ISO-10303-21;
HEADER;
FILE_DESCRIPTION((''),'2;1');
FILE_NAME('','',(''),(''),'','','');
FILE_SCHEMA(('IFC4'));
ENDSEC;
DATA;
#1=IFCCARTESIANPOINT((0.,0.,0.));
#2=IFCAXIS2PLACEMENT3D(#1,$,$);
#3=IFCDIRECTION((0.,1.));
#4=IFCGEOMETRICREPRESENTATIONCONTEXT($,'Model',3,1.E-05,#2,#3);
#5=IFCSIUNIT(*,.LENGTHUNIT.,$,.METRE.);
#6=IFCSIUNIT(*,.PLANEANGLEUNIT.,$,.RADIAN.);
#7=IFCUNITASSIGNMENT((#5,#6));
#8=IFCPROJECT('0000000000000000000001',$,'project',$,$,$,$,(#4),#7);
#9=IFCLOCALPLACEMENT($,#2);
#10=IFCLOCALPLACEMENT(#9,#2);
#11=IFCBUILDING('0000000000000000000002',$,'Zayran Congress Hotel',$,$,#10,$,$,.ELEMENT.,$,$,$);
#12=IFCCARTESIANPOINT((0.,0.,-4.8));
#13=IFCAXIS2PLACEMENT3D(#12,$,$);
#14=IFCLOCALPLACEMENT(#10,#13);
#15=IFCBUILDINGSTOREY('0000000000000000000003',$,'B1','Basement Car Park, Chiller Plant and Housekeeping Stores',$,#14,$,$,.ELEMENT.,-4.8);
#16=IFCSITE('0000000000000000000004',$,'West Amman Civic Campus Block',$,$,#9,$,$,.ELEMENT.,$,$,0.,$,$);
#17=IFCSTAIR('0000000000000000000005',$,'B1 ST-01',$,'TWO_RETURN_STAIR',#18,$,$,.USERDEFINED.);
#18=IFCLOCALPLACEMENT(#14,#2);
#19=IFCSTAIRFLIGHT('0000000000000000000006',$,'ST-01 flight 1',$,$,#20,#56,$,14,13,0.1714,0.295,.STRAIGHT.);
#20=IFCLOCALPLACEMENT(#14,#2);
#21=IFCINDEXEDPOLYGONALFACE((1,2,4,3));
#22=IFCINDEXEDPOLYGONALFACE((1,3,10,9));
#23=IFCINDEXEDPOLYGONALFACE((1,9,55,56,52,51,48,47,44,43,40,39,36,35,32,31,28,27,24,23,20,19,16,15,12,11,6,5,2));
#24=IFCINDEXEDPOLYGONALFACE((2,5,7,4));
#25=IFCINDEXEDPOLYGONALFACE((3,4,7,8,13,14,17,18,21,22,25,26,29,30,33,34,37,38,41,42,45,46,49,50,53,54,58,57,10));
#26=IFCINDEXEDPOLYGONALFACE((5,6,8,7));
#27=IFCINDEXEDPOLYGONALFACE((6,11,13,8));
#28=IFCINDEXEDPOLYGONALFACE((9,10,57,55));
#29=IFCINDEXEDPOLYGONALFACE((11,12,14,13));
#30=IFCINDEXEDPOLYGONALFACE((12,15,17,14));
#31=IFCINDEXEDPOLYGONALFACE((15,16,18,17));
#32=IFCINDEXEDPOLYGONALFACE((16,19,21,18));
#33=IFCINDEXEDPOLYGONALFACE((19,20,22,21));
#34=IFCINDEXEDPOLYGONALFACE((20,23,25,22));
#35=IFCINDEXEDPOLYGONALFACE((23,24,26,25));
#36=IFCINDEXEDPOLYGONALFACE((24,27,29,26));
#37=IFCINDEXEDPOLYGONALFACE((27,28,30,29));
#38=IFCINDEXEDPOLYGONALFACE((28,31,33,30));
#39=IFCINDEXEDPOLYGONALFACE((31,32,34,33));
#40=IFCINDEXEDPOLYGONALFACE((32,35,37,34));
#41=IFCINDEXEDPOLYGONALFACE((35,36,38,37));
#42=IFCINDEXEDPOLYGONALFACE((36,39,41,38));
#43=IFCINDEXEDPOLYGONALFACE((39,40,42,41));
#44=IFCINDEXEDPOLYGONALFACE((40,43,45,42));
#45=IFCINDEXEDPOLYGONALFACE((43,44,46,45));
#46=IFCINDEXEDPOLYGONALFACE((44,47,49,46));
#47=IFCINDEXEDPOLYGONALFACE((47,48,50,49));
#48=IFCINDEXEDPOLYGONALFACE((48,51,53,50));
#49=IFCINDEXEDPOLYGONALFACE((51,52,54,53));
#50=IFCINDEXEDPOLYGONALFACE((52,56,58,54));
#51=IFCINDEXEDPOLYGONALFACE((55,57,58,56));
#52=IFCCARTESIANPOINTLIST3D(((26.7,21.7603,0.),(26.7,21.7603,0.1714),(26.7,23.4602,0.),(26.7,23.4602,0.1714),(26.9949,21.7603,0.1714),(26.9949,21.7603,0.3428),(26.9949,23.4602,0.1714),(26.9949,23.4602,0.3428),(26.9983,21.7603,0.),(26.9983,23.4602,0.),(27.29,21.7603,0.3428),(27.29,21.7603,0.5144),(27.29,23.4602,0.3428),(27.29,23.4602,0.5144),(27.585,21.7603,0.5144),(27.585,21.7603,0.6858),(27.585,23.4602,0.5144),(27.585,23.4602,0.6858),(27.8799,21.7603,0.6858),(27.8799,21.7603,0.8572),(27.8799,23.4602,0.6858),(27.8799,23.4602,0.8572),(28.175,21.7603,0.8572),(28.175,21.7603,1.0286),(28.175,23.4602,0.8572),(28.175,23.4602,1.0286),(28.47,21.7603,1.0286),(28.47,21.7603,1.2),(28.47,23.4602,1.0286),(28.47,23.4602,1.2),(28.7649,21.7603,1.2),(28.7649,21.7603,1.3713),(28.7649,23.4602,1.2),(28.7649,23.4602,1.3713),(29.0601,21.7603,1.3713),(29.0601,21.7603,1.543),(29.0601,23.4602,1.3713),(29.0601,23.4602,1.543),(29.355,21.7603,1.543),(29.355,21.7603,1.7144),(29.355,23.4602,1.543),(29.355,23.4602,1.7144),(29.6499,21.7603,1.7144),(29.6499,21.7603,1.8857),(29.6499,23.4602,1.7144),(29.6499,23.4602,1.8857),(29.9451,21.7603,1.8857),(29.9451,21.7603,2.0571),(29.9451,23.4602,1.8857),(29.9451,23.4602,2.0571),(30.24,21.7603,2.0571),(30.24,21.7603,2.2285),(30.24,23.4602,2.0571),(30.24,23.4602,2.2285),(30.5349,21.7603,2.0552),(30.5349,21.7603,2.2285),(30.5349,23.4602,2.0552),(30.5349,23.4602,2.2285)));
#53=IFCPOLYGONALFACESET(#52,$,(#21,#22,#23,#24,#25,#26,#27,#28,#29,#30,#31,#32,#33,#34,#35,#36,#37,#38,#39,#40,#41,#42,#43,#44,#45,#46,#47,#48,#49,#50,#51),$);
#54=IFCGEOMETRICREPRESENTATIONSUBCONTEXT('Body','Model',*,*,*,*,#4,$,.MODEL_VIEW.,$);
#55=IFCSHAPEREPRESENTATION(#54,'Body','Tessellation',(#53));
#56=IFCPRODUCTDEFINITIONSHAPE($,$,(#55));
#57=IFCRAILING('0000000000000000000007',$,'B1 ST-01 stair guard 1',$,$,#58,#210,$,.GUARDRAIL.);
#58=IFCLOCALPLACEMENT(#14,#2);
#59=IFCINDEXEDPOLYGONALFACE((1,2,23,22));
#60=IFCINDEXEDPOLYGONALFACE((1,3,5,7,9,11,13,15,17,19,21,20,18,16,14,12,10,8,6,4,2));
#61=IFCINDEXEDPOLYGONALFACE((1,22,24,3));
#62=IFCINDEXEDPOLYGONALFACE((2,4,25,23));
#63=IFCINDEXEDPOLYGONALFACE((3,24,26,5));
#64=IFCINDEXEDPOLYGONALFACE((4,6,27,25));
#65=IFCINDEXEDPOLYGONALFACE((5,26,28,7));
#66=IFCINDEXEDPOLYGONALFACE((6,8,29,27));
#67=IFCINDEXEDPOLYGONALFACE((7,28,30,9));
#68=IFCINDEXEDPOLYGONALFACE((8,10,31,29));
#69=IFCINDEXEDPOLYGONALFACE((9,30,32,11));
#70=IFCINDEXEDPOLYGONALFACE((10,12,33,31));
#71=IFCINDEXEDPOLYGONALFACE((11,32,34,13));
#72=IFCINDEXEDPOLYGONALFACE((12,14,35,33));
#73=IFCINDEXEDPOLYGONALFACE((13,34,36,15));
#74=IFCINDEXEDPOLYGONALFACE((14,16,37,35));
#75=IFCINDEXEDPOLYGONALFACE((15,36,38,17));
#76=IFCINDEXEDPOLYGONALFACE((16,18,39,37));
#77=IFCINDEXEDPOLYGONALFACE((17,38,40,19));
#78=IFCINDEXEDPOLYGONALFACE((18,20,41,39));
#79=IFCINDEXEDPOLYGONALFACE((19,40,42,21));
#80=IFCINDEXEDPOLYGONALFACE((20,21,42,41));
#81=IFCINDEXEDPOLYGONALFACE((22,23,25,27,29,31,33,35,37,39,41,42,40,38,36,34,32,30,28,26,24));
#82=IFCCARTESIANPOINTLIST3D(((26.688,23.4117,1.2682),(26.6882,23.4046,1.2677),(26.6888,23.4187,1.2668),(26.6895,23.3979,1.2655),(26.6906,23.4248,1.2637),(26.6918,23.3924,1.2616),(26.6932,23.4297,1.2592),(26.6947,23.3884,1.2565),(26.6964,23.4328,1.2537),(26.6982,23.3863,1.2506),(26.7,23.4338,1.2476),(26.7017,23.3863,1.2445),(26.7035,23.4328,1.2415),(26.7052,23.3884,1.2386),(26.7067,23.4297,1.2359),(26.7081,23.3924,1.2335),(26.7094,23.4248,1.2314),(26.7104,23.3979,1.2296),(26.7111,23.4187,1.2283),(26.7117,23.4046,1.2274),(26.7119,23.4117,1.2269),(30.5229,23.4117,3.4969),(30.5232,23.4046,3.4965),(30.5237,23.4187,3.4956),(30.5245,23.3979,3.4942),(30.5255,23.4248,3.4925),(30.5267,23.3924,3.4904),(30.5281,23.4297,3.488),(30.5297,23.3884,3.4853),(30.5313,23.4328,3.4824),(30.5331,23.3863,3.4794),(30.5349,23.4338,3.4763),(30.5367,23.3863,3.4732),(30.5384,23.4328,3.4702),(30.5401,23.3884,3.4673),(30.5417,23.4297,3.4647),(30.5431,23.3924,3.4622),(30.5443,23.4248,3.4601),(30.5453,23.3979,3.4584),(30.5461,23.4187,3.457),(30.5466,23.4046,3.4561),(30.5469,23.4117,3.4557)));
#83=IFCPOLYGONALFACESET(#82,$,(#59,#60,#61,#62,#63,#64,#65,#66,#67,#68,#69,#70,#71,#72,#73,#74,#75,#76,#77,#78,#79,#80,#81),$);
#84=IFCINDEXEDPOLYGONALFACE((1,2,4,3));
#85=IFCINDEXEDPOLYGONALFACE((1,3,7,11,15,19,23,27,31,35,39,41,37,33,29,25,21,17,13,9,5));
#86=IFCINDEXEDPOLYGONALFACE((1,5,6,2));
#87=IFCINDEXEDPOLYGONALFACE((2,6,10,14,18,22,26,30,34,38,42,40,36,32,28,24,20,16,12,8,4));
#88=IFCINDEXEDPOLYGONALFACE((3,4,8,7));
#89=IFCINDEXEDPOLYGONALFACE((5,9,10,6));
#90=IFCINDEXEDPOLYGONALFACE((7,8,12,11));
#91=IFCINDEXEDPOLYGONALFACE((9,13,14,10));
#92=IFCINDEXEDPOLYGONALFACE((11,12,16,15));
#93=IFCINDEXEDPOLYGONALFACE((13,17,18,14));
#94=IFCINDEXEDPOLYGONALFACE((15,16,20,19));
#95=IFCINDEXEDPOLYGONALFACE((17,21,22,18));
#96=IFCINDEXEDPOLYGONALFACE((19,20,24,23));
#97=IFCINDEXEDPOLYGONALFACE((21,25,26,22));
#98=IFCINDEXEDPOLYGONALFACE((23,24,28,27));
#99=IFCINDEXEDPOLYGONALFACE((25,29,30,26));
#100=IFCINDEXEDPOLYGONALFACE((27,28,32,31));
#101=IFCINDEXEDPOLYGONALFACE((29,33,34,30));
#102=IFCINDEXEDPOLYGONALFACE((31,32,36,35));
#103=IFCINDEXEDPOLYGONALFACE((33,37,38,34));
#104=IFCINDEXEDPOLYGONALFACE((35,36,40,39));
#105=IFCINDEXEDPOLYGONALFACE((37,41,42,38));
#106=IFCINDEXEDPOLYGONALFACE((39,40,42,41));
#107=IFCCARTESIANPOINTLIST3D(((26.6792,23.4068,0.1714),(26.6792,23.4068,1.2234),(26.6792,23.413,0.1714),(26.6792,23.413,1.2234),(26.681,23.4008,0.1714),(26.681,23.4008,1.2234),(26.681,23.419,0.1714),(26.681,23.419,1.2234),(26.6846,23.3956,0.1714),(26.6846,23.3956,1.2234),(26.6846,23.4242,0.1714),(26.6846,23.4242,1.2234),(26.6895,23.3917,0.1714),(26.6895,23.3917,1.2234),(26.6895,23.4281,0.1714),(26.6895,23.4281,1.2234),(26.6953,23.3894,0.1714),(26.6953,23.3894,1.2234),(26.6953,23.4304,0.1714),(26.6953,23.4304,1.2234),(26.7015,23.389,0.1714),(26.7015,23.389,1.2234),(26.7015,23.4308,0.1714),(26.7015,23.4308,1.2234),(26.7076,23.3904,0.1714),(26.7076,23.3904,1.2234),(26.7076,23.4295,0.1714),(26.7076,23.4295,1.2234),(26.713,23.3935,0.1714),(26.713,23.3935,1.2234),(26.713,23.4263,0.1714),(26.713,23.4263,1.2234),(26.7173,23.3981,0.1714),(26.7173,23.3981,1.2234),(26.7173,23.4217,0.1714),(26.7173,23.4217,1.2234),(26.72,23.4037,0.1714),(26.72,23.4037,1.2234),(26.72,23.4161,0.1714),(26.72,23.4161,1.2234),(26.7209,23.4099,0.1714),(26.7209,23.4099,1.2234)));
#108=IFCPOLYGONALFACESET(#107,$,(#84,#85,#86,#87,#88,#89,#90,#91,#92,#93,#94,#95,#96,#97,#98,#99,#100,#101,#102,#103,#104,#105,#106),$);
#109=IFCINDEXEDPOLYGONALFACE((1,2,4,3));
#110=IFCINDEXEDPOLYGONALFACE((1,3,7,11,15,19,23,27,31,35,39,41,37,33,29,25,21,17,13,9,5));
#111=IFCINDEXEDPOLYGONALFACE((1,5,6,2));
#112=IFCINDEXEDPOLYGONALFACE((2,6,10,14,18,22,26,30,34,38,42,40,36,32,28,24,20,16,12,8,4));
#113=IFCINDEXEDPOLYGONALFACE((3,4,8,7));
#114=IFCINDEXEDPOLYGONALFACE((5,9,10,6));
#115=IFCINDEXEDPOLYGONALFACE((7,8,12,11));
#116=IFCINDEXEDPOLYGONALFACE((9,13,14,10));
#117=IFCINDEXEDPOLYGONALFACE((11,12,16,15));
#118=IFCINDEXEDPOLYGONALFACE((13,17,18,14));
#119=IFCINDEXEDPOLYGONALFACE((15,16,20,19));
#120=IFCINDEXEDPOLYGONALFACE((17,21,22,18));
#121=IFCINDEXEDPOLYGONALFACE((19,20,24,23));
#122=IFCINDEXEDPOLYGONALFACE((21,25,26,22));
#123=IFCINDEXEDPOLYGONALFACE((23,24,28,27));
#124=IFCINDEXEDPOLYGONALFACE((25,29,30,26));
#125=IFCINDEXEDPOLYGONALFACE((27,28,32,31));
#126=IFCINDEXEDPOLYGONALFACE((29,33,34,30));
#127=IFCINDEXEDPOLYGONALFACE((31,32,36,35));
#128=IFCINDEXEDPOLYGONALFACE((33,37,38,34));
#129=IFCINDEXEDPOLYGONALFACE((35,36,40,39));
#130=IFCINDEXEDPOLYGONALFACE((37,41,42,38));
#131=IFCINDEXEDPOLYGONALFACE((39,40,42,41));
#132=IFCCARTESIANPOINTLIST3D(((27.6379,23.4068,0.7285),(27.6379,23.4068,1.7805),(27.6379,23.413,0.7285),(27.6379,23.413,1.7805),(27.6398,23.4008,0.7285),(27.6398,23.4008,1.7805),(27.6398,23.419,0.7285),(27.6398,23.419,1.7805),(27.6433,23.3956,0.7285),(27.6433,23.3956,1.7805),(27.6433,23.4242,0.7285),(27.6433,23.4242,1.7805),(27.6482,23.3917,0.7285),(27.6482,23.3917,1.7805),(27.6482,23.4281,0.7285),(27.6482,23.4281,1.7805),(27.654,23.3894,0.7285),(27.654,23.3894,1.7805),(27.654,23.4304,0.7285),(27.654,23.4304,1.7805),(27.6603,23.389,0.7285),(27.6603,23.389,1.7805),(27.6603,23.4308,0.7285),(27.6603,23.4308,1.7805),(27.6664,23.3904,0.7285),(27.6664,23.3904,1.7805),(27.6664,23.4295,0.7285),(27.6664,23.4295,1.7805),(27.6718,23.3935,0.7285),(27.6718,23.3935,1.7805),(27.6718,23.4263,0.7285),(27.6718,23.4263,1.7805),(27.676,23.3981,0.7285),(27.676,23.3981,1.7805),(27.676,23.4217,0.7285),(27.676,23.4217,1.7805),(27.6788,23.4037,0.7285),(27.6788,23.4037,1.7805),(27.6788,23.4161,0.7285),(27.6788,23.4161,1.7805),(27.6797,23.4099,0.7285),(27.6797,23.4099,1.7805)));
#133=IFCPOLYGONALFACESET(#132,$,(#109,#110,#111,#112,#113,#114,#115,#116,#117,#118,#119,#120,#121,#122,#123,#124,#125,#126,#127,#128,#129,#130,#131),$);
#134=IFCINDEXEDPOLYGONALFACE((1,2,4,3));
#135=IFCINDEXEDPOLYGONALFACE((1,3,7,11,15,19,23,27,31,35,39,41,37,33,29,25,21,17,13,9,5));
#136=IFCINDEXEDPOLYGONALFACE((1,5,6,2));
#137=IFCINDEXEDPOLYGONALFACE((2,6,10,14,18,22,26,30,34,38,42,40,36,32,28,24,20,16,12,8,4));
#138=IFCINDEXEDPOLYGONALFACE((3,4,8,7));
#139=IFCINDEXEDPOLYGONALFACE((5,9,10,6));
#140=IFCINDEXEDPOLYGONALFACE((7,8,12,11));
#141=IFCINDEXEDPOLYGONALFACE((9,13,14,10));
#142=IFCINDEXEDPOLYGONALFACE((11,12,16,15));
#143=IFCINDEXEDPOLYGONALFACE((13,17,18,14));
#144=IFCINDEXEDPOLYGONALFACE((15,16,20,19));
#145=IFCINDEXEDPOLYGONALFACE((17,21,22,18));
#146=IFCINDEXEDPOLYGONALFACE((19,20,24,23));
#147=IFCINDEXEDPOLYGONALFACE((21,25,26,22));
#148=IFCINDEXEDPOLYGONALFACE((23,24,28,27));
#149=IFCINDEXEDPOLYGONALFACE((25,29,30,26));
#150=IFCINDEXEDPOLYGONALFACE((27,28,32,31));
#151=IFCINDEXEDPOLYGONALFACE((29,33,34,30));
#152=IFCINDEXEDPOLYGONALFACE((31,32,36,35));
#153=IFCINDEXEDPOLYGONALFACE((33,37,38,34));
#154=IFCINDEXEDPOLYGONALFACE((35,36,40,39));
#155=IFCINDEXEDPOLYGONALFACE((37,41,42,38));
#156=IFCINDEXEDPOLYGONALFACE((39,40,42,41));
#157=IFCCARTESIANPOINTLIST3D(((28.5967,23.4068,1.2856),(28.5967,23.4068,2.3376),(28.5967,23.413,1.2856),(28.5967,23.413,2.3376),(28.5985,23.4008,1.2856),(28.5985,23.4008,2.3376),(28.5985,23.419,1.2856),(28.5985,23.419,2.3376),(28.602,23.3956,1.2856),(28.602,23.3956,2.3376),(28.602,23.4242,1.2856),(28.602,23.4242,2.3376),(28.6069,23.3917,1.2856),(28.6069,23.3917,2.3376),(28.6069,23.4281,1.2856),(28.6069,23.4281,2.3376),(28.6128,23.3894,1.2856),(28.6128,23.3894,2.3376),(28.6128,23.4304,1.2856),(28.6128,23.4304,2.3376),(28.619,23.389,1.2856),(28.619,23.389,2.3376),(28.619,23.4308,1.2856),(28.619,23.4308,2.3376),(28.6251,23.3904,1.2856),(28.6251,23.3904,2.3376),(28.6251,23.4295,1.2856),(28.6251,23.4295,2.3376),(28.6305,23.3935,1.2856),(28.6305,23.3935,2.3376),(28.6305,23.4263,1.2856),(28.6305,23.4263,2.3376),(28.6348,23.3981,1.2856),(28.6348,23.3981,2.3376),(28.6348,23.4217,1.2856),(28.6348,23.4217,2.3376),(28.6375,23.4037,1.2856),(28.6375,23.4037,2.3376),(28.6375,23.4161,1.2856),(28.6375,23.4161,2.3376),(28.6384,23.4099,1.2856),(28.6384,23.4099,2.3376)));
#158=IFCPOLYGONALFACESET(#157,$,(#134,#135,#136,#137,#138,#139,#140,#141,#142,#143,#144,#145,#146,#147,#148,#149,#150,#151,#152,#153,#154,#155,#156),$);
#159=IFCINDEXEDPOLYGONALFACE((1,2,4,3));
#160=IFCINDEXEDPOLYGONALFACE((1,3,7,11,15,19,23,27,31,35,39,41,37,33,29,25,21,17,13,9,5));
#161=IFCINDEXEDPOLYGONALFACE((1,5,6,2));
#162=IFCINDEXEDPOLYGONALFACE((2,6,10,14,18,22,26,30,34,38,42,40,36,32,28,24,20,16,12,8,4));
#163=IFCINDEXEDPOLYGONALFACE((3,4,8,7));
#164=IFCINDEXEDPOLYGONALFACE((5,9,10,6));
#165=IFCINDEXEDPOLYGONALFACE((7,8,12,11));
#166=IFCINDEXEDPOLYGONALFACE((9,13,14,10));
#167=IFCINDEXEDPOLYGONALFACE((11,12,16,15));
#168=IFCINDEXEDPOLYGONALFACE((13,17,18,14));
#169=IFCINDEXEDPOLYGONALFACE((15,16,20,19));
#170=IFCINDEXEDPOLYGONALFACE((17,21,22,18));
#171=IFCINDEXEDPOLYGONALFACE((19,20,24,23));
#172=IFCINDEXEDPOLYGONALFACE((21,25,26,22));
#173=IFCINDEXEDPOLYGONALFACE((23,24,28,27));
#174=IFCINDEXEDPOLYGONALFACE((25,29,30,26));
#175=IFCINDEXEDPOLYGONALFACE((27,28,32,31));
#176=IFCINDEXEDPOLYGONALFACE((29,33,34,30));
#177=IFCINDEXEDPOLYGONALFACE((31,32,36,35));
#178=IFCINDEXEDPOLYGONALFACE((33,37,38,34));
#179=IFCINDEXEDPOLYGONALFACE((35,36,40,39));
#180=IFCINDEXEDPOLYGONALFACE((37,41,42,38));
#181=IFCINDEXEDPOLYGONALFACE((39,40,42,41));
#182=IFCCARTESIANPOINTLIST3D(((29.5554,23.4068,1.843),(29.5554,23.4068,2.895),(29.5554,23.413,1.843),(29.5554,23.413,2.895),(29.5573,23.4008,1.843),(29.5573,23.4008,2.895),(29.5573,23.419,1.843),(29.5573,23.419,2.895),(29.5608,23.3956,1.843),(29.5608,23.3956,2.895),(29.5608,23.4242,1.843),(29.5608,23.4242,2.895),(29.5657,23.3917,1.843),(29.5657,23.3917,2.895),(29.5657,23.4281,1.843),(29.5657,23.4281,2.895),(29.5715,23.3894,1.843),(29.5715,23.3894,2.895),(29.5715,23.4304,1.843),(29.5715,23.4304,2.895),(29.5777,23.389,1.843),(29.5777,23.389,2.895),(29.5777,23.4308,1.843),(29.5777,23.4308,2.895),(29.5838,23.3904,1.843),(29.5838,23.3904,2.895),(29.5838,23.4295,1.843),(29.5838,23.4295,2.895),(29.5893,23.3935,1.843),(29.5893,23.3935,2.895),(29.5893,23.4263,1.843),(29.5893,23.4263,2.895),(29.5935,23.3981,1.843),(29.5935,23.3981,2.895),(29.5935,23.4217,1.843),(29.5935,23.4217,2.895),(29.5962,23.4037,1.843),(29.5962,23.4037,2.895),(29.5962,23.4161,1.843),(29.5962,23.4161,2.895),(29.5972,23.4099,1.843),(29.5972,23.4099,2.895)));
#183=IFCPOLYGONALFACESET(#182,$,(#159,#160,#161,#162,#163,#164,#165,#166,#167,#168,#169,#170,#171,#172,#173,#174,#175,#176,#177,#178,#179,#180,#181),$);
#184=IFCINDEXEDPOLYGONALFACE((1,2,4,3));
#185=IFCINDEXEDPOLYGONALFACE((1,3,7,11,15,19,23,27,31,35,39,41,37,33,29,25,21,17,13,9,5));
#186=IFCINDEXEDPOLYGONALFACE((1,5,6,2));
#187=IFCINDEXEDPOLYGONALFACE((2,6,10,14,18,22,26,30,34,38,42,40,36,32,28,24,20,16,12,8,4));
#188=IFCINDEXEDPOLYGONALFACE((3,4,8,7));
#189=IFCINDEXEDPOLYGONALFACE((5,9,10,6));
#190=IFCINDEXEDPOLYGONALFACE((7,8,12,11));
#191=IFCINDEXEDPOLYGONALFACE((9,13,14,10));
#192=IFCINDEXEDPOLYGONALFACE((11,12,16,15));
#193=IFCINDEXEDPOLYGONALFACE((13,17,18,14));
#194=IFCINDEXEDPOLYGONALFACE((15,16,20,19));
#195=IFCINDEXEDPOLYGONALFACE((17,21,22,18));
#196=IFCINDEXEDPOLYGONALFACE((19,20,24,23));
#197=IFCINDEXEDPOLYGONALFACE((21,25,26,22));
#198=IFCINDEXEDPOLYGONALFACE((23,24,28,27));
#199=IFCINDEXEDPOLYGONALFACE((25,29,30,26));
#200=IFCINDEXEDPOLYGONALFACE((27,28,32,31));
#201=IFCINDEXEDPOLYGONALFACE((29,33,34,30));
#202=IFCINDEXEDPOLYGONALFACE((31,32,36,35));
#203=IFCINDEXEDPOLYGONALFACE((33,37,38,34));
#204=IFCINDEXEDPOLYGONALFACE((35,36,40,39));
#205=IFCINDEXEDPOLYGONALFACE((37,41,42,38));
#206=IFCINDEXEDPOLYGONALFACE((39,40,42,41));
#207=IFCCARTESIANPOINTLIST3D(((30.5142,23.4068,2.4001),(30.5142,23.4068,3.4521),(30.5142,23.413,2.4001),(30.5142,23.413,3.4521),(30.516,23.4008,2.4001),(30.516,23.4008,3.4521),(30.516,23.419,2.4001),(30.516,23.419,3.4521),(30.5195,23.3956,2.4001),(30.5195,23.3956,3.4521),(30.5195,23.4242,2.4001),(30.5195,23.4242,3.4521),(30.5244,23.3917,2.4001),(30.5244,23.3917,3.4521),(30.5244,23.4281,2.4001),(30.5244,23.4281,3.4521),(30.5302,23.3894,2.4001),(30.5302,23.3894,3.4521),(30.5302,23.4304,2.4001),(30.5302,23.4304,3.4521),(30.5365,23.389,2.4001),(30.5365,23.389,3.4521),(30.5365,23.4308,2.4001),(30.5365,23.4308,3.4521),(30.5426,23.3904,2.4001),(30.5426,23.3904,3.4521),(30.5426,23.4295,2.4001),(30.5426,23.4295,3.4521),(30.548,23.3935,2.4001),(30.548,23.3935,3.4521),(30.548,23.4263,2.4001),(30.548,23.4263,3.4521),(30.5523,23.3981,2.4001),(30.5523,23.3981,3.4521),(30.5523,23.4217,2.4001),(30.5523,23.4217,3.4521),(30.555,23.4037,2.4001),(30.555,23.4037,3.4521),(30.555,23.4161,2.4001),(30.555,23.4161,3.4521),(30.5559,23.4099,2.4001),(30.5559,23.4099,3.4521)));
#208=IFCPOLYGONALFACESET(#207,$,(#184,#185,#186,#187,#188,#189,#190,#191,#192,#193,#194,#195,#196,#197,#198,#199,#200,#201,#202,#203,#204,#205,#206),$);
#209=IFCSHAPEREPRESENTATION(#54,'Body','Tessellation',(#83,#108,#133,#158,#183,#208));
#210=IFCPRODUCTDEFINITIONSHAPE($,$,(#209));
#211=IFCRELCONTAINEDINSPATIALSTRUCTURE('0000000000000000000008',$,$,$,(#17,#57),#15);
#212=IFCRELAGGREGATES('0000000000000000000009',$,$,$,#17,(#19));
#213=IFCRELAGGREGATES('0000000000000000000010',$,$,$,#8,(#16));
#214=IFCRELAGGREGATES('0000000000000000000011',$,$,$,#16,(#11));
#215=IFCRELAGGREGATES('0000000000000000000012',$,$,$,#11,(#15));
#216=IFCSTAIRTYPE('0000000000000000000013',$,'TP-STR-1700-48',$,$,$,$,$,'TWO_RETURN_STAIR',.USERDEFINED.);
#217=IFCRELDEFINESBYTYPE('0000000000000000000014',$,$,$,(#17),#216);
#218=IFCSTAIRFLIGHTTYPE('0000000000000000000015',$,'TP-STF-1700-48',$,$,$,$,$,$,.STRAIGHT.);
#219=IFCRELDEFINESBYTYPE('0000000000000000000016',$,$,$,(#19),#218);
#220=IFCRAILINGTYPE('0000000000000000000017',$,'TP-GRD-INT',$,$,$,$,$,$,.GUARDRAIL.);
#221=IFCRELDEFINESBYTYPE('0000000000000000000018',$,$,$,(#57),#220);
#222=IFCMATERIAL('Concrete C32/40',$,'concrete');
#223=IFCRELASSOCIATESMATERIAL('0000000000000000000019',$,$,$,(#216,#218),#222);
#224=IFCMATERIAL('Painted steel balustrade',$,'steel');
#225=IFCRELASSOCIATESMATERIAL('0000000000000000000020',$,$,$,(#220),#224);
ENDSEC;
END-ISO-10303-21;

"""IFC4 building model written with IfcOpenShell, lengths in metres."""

from ifc_helpers import new_model, si_unit, direction, frame, origin, origin_2d, place, context, subcontext, project, spatial, polyline, circle, outline, extrude, material, type_object, element, aggregate, save


model = new_model("IFC4")

# Units and contexts
model_context = context("Model", 3, precision=1e-05, world=origin(), true_north=direction((0.0, 1.0)))
body_context = subcontext(model_context, "Body", "Model", "MODEL_VIEW")
ifc_project = project(units=[si_unit("LENGTHUNIT", "METRE"), si_unit("PLANEANGLEUNIT", "RADIAN")], contexts=[model_context])

# Site, building, storey
site_placement = place(None, origin())
site = spatial("IfcSite", under=ifc_project, at=site_placement, Name="West Amman Civic Campus Block", CompositionType="ELEMENT", RefElevation=0.0)
building_placement = place(site_placement, origin())
building = spatial("IfcBuilding", under=site, at=building_placement, Name="Zayran Congress Hotel", CompositionType="ELEMENT")
storey_placement = place(building_placement, frame((0.0, 0.0, -4.8)))
storey = spatial("IfcBuildingStorey", under=building, at=storey_placement, Name="B1", Description="Basement Car Park, Chiller Plant and Housekeeping Stores", CompositionType="ELEMENT", Elevation=-4.8)

# Stair, stair flight
ifc_material_1 = material(Name="Concrete C32/40", Category="concrete")
stair_type = type_object("IfcStairType", Name="TP-STR-1700-48", ElementType="TWO_RETURN_STAIR", PredefinedType="USERDEFINED", material=ifc_material_1)
stair_placement = place(storey_placement, origin())
stair = element("IfcStair", 1, at=stair_placement, inside=storey, type_object=stair_type, Name="B1 ST-01", ObjectType="TWO_RETURN_STAIR", PredefinedType="USERDEFINED")
stair_flight_type = type_object("IfcStairFlightType", Name="TP-STF-1700-48", PredefinedType="STRAIGHT", material=ifc_material_1)
stair_flight_placement = place(storey_placement, frame((26.7, 22.6101, 0.0), z_axis=(0.0, 0.0, 1.0), x_axis=(1.0, 0.0, 0.0)))
stair_flight = element("IfcStairFlight", 2, at=stair_flight_placement, type_object=stair_flight_type, Name="ST-01 flight 1", NumberOfRisers=14, NumberOfTreads=13, PredefinedType="STRAIGHT", RiserHeight=0.1714, TreadLength=0.295, context=body_context, shape_type="SweptSolid", body=[
    extrude(outline(polyline([(0.0, 0.0), (0.0, 0.1714), (0.2949, 0.1714), (0.2949, 0.3428), (0.5901, 0.3428), (0.5901, 0.5144), (0.885, 0.5144), (0.885, 0.6858), (1.1799, 0.6858), (1.1799, 0.8572), (1.4751, 0.8572), (1.4751, 1.0286), (1.77, 1.0286), (1.77, 1.2), (2.0649, 1.2), (2.0649, 1.3713), (2.3601, 1.3713), (2.3601, 1.543), (2.655, 1.543), (2.655, 1.7144), (2.95, 1.7144), (2.95, 1.8857), (3.2451, 1.8857), (3.2451, 2.0571), (3.54, 2.0571), (3.54, 2.2285), (3.835, 2.2285), (3.835, 2.3999), (3.835, 2.0552), (0.2983, 0.0), (0.0, 0.0)])), frame((0.0, 0.8501, 0.0), z_axis=(0.0, -1.0, 0.0), x_axis=(1.0, 0.0, 0.0)), (0.0, 0.0, 1.0), 1.7),
])
aggregate(stair, [stair_flight])

# Railing
ifc_material_2 = material(Name="Painted steel balustrade", Category="steel")
railing_type_1 = type_object("IfcRailingType", Name="TP-GRD-INT", PredefinedType="GUARDRAIL", material=ifc_material_2)
railing_1_placement = place(storey_placement, frame((26.7, 23.4099, 0.1714)))
element("IfcRailing", 3, at=railing_1_placement, inside=storey, type_object=railing_type_1, Name="B1 ST-01 stair guard 1", PredefinedType="GUARDRAIL", context=body_context, shape_type="SweptSolid", body=[
    extrude(circle(Radius=0.0239, at=origin_2d()), frame((0.0, 0.0, 1.0762), z_axis=(0.864592, 0.0, 0.502474), x_axis=(0.0, 1.0, 0.0)), (0.0, 0.0, 1.0), 4.4355),
    extrude(circle(Radius=0.021, at=origin_2d()), origin(), (0.0, 0.0, 1.0), 1.052),
    extrude(circle(Radius=0.021, at=origin_2d()), frame((0.9587, 0.0, 0.5571)), (0.0, 0.0, 1.0), 1.052),
    extrude(circle(Radius=0.021, at=origin_2d()), frame((1.9175, 0.0, 1.1143)), (0.0, 0.0, 1.0), 1.052),
    extrude(circle(Radius=0.021, at=origin_2d()), frame((2.8762, 0.0, 1.6716)), (0.0, 0.0, 1.0), 1.052),
    extrude(circle(Radius=0.021, at=origin_2d()), frame((3.835, 0.0, 2.2288)), (0.0, 0.0, 1.0), 1.052),
])

save(model, "model.ifc")
